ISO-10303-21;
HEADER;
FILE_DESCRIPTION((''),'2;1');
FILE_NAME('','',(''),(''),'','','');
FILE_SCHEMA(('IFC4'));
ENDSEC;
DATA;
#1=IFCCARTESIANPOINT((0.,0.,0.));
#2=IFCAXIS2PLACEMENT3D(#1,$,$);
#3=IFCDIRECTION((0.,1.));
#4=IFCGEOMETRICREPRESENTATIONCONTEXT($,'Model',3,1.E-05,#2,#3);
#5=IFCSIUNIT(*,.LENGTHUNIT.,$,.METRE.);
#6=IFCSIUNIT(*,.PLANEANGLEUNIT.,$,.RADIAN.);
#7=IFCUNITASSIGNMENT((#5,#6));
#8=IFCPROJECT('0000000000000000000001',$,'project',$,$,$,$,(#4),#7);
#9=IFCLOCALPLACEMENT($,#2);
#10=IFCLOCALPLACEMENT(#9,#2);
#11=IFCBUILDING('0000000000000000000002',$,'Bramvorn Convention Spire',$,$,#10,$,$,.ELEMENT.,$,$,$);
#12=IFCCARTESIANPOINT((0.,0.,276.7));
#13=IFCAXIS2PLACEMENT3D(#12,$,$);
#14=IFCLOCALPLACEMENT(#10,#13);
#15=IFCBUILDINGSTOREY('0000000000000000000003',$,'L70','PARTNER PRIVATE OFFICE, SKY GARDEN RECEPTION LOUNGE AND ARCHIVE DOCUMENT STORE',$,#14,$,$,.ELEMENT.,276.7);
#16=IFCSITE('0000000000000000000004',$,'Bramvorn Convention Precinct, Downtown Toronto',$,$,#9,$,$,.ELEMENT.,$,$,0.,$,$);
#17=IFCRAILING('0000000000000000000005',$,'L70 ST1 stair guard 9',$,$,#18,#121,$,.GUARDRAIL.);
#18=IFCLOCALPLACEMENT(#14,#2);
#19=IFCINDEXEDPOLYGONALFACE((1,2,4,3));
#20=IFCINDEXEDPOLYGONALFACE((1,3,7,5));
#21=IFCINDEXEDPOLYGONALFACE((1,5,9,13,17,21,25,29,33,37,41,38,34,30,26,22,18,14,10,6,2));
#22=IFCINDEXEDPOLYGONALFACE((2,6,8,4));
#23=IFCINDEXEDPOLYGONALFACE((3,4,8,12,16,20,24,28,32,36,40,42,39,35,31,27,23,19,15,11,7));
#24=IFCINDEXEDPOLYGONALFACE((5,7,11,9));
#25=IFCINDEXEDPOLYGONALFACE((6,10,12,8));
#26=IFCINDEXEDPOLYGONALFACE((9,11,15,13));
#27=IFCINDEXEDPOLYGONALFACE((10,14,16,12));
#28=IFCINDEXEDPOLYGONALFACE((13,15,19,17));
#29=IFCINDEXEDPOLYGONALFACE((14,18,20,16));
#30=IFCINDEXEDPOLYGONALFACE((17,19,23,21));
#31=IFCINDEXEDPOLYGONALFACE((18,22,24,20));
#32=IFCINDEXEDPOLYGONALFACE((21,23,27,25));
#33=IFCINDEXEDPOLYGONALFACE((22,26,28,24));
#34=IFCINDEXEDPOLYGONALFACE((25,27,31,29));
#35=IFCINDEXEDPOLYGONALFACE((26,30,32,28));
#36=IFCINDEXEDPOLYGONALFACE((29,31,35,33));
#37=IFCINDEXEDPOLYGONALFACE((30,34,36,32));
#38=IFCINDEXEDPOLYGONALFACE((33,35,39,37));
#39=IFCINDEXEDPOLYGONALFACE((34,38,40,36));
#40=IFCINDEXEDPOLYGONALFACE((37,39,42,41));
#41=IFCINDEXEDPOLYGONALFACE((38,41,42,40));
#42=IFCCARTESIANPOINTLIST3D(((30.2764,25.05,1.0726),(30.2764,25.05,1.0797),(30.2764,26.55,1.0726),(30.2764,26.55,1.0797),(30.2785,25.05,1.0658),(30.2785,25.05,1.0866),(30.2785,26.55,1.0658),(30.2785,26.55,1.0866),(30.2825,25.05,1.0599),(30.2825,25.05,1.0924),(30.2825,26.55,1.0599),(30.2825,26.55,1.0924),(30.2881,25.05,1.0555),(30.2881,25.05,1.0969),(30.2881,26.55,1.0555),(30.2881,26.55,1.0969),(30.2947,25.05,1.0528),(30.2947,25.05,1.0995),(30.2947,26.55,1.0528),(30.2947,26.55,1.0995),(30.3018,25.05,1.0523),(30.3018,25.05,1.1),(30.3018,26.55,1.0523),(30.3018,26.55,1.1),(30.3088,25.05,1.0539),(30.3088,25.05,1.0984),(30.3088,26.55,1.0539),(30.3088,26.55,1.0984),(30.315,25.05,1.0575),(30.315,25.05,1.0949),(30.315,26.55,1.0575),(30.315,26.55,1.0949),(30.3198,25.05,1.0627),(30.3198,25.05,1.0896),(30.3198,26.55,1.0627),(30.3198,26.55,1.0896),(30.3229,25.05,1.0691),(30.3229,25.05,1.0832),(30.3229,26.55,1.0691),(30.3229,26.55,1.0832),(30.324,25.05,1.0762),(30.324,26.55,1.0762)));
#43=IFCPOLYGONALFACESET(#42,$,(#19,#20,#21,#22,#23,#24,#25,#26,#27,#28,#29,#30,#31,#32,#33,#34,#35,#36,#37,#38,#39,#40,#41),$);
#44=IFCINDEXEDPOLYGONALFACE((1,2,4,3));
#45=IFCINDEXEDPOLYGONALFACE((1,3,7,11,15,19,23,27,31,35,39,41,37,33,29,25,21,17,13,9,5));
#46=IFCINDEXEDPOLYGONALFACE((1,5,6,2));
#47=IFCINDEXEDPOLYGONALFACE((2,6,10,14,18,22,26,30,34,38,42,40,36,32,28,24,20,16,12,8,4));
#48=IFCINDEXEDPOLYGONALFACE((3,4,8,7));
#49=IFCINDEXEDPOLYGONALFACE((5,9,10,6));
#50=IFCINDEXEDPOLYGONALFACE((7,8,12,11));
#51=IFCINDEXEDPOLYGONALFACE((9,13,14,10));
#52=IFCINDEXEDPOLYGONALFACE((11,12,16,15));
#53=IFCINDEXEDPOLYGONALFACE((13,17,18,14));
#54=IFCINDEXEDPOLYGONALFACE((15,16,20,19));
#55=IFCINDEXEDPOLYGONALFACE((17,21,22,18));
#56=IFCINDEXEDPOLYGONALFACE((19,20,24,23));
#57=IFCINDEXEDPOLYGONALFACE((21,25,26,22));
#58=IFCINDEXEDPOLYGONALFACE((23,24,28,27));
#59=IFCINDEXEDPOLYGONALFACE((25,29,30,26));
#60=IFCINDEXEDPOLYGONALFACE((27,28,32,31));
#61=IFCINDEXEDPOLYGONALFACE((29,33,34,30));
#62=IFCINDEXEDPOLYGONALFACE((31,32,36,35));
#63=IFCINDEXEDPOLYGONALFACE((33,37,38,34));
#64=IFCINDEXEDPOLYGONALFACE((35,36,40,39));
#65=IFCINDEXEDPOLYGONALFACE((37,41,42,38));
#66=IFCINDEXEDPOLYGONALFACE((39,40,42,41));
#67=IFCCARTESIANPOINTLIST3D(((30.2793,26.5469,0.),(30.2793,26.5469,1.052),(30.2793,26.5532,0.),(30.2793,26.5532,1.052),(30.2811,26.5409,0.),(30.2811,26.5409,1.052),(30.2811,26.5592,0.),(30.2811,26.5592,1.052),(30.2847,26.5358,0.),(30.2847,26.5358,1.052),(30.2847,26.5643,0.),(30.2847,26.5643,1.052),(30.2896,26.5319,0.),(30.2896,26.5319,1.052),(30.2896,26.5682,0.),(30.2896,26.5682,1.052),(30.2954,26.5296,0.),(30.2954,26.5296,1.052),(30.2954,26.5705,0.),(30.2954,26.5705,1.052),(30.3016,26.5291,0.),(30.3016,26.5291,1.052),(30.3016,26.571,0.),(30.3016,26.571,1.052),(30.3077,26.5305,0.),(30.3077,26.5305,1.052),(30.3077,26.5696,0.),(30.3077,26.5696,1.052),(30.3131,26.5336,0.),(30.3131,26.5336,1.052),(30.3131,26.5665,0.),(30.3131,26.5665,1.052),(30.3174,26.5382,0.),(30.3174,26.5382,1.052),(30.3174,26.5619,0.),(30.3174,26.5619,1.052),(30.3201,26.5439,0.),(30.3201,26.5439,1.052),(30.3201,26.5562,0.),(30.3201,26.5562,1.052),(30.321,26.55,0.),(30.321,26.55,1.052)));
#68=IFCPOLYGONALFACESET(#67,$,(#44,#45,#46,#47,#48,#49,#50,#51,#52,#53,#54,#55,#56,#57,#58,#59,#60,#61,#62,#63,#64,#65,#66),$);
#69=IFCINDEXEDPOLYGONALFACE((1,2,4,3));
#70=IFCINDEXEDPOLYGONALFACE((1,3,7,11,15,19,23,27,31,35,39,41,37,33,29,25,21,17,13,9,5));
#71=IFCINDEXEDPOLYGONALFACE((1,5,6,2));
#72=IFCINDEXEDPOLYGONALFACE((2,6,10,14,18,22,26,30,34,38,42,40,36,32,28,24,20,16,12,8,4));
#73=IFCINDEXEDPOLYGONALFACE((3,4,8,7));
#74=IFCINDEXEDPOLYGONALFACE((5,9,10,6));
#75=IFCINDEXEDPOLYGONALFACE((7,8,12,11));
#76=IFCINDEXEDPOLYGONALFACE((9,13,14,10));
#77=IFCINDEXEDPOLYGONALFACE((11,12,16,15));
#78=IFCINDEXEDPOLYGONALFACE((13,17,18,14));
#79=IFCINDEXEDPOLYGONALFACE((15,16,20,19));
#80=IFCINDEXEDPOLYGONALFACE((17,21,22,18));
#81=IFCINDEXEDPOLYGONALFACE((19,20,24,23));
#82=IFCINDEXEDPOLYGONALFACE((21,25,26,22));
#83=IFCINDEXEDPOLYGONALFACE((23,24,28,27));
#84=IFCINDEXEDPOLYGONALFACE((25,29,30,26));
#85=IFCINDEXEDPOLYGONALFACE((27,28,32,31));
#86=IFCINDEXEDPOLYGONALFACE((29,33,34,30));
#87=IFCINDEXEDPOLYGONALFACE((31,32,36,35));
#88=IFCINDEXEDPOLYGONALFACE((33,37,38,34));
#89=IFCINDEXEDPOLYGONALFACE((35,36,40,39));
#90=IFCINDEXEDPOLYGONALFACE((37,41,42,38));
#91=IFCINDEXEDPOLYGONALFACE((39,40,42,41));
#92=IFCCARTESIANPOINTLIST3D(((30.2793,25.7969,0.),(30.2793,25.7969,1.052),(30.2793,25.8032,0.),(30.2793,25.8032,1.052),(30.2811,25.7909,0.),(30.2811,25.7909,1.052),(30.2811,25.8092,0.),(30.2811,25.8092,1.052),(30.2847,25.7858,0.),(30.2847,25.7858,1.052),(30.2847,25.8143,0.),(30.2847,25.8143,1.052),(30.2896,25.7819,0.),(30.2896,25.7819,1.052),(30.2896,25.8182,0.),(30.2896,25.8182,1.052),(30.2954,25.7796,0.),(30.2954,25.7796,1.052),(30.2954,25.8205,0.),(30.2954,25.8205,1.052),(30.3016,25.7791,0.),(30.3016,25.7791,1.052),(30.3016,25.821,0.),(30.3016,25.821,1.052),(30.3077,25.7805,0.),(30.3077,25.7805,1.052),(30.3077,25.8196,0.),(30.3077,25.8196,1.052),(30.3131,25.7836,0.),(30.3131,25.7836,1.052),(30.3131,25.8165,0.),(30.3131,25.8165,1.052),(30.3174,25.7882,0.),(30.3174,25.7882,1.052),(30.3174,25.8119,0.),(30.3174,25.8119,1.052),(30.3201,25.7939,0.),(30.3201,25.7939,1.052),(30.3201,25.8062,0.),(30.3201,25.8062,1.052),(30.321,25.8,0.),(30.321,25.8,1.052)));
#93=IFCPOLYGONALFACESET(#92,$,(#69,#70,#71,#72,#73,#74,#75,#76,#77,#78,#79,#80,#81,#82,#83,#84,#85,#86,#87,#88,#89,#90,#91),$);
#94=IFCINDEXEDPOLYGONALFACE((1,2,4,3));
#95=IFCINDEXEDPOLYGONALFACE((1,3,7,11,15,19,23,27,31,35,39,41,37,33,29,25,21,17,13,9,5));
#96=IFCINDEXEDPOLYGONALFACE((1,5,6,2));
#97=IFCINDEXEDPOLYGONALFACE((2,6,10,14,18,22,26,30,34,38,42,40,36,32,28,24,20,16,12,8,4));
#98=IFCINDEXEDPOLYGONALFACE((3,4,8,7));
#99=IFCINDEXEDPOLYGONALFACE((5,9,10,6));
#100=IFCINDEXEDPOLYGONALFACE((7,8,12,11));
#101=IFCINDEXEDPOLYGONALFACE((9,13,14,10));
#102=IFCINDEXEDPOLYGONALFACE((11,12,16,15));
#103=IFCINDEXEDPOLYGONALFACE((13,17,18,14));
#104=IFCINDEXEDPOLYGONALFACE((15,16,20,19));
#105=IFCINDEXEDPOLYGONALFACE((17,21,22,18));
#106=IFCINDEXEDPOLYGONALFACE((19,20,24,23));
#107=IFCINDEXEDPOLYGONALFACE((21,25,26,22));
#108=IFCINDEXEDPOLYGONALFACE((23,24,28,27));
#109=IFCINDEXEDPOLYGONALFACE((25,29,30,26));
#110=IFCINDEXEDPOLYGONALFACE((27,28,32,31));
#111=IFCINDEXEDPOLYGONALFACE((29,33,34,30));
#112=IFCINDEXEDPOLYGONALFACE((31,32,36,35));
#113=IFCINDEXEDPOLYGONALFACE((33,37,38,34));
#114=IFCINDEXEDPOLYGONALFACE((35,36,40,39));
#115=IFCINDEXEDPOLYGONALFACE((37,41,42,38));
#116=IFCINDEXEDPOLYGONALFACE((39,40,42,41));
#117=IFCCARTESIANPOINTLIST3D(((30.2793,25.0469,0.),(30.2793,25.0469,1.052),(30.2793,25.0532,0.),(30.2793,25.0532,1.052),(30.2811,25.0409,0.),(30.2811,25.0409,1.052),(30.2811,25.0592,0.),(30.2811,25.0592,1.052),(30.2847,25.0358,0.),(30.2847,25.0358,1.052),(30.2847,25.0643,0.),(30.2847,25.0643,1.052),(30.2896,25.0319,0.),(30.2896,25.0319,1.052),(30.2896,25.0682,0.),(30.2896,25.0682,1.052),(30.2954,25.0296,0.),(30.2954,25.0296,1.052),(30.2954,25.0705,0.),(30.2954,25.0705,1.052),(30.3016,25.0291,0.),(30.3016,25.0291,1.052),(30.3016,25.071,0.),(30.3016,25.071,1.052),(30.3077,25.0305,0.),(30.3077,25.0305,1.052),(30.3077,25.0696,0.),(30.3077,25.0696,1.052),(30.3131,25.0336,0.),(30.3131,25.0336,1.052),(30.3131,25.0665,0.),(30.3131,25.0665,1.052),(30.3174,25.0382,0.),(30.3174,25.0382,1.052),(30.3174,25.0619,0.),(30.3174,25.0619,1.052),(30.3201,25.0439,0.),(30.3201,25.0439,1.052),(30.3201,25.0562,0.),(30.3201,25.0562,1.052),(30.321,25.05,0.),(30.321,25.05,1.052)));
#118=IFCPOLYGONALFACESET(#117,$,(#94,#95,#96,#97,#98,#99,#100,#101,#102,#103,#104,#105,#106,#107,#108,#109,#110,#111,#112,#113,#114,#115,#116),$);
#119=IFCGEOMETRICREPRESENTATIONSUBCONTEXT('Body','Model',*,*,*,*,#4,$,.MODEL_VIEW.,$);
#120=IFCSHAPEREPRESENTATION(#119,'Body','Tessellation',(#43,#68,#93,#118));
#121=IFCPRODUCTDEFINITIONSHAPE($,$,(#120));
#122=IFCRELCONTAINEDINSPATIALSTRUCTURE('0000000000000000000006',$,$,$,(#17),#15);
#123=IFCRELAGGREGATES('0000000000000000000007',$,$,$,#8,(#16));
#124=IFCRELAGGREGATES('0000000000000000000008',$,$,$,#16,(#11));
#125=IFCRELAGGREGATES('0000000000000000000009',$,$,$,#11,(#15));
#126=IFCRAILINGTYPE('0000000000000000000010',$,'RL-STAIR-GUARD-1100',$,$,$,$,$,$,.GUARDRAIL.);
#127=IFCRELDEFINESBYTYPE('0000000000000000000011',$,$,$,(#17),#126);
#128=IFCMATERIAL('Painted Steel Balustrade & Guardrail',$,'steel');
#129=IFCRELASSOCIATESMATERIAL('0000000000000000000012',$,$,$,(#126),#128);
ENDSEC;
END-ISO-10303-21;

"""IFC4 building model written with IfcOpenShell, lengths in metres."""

from ifc_helpers import new_model, si_unit, direction, frame, origin, origin_2d, place, context, subcontext, project, spatial, circle, extrude, material, type_object, element, save


model = new_model("IFC4")

# Units and contexts
model_context = context("Model", 3, precision=1e-05, world=origin(), true_north=direction((0.0, 1.0)))
body_context = subcontext(model_context, "Body", "Model", "MODEL_VIEW")
ifc_project = project(units=[si_unit("LENGTHUNIT", "METRE"), si_unit("PLANEANGLEUNIT", "RADIAN")], contexts=[model_context])

# Site, building, storey
site_placement = place(None, origin())
site = spatial("IfcSite", under=ifc_project, at=site_placement, Name="Bramvorn Convention Precinct, Downtown Toronto", CompositionType="ELEMENT", RefElevation=0.0)
building_placement = place(site_placement, origin())
building = spatial("IfcBuilding", under=site, at=building_placement, Name="Bramvorn Convention Spire", CompositionType="ELEMENT")
storey_placement = place(building_placement, frame((0.0, 0.0, 276.7)))
storey = spatial("IfcBuildingStorey", under=building, at=storey_placement, Name="L70", Description="PARTNER PRIVATE OFFICE, SKY GARDEN RECEPTION LOUNGE AND ARCHIVE DOCUMENT STORE", CompositionType="ELEMENT", Elevation=276.7)

# Railing
ifc_material_1 = material(Name="Painted Steel Balustrade & Guardrail", Category="steel")
railing_type_1 = type_object("IfcRailingType", Name="RL-STAIR-GUARD-1100", PredefinedType="GUARDRAIL", material=ifc_material_1)
railing_1_placement = place(storey_placement, frame((30.3, 26.55, 0.0)))
element("IfcRailing", 1, at=railing_1_placement, inside=storey, type_object=railing_type_1, Name="L70 ST1 stair guard 9", PredefinedType="GUARDRAIL", context=body_context, shape_type="SweptSolid", body=[
    extrude(circle(Radius=0.0239, at=origin_2d()), frame((0.0, 0.0, 1.0762), z_axis=(0.0, -1.0, 0.0), x_axis=(1.0, 0.0, 0.0)), (0.0, 0.0, 1.0), 1.5),
    extrude(circle(Radius=0.021, at=origin_2d()), origin(), (0.0, 0.0, 1.0), 1.052),
    extrude(circle(Radius=0.021, at=origin_2d()), frame((0.0, -0.75, 0.0)), (0.0, 0.0, 1.0), 1.052),
    extrude(circle(Radius=0.021, at=origin_2d()), frame((0.0, -1.5, 0.0)), (0.0, 0.0, 1.0), 1.052),
])

save(model, "model.ifc")
